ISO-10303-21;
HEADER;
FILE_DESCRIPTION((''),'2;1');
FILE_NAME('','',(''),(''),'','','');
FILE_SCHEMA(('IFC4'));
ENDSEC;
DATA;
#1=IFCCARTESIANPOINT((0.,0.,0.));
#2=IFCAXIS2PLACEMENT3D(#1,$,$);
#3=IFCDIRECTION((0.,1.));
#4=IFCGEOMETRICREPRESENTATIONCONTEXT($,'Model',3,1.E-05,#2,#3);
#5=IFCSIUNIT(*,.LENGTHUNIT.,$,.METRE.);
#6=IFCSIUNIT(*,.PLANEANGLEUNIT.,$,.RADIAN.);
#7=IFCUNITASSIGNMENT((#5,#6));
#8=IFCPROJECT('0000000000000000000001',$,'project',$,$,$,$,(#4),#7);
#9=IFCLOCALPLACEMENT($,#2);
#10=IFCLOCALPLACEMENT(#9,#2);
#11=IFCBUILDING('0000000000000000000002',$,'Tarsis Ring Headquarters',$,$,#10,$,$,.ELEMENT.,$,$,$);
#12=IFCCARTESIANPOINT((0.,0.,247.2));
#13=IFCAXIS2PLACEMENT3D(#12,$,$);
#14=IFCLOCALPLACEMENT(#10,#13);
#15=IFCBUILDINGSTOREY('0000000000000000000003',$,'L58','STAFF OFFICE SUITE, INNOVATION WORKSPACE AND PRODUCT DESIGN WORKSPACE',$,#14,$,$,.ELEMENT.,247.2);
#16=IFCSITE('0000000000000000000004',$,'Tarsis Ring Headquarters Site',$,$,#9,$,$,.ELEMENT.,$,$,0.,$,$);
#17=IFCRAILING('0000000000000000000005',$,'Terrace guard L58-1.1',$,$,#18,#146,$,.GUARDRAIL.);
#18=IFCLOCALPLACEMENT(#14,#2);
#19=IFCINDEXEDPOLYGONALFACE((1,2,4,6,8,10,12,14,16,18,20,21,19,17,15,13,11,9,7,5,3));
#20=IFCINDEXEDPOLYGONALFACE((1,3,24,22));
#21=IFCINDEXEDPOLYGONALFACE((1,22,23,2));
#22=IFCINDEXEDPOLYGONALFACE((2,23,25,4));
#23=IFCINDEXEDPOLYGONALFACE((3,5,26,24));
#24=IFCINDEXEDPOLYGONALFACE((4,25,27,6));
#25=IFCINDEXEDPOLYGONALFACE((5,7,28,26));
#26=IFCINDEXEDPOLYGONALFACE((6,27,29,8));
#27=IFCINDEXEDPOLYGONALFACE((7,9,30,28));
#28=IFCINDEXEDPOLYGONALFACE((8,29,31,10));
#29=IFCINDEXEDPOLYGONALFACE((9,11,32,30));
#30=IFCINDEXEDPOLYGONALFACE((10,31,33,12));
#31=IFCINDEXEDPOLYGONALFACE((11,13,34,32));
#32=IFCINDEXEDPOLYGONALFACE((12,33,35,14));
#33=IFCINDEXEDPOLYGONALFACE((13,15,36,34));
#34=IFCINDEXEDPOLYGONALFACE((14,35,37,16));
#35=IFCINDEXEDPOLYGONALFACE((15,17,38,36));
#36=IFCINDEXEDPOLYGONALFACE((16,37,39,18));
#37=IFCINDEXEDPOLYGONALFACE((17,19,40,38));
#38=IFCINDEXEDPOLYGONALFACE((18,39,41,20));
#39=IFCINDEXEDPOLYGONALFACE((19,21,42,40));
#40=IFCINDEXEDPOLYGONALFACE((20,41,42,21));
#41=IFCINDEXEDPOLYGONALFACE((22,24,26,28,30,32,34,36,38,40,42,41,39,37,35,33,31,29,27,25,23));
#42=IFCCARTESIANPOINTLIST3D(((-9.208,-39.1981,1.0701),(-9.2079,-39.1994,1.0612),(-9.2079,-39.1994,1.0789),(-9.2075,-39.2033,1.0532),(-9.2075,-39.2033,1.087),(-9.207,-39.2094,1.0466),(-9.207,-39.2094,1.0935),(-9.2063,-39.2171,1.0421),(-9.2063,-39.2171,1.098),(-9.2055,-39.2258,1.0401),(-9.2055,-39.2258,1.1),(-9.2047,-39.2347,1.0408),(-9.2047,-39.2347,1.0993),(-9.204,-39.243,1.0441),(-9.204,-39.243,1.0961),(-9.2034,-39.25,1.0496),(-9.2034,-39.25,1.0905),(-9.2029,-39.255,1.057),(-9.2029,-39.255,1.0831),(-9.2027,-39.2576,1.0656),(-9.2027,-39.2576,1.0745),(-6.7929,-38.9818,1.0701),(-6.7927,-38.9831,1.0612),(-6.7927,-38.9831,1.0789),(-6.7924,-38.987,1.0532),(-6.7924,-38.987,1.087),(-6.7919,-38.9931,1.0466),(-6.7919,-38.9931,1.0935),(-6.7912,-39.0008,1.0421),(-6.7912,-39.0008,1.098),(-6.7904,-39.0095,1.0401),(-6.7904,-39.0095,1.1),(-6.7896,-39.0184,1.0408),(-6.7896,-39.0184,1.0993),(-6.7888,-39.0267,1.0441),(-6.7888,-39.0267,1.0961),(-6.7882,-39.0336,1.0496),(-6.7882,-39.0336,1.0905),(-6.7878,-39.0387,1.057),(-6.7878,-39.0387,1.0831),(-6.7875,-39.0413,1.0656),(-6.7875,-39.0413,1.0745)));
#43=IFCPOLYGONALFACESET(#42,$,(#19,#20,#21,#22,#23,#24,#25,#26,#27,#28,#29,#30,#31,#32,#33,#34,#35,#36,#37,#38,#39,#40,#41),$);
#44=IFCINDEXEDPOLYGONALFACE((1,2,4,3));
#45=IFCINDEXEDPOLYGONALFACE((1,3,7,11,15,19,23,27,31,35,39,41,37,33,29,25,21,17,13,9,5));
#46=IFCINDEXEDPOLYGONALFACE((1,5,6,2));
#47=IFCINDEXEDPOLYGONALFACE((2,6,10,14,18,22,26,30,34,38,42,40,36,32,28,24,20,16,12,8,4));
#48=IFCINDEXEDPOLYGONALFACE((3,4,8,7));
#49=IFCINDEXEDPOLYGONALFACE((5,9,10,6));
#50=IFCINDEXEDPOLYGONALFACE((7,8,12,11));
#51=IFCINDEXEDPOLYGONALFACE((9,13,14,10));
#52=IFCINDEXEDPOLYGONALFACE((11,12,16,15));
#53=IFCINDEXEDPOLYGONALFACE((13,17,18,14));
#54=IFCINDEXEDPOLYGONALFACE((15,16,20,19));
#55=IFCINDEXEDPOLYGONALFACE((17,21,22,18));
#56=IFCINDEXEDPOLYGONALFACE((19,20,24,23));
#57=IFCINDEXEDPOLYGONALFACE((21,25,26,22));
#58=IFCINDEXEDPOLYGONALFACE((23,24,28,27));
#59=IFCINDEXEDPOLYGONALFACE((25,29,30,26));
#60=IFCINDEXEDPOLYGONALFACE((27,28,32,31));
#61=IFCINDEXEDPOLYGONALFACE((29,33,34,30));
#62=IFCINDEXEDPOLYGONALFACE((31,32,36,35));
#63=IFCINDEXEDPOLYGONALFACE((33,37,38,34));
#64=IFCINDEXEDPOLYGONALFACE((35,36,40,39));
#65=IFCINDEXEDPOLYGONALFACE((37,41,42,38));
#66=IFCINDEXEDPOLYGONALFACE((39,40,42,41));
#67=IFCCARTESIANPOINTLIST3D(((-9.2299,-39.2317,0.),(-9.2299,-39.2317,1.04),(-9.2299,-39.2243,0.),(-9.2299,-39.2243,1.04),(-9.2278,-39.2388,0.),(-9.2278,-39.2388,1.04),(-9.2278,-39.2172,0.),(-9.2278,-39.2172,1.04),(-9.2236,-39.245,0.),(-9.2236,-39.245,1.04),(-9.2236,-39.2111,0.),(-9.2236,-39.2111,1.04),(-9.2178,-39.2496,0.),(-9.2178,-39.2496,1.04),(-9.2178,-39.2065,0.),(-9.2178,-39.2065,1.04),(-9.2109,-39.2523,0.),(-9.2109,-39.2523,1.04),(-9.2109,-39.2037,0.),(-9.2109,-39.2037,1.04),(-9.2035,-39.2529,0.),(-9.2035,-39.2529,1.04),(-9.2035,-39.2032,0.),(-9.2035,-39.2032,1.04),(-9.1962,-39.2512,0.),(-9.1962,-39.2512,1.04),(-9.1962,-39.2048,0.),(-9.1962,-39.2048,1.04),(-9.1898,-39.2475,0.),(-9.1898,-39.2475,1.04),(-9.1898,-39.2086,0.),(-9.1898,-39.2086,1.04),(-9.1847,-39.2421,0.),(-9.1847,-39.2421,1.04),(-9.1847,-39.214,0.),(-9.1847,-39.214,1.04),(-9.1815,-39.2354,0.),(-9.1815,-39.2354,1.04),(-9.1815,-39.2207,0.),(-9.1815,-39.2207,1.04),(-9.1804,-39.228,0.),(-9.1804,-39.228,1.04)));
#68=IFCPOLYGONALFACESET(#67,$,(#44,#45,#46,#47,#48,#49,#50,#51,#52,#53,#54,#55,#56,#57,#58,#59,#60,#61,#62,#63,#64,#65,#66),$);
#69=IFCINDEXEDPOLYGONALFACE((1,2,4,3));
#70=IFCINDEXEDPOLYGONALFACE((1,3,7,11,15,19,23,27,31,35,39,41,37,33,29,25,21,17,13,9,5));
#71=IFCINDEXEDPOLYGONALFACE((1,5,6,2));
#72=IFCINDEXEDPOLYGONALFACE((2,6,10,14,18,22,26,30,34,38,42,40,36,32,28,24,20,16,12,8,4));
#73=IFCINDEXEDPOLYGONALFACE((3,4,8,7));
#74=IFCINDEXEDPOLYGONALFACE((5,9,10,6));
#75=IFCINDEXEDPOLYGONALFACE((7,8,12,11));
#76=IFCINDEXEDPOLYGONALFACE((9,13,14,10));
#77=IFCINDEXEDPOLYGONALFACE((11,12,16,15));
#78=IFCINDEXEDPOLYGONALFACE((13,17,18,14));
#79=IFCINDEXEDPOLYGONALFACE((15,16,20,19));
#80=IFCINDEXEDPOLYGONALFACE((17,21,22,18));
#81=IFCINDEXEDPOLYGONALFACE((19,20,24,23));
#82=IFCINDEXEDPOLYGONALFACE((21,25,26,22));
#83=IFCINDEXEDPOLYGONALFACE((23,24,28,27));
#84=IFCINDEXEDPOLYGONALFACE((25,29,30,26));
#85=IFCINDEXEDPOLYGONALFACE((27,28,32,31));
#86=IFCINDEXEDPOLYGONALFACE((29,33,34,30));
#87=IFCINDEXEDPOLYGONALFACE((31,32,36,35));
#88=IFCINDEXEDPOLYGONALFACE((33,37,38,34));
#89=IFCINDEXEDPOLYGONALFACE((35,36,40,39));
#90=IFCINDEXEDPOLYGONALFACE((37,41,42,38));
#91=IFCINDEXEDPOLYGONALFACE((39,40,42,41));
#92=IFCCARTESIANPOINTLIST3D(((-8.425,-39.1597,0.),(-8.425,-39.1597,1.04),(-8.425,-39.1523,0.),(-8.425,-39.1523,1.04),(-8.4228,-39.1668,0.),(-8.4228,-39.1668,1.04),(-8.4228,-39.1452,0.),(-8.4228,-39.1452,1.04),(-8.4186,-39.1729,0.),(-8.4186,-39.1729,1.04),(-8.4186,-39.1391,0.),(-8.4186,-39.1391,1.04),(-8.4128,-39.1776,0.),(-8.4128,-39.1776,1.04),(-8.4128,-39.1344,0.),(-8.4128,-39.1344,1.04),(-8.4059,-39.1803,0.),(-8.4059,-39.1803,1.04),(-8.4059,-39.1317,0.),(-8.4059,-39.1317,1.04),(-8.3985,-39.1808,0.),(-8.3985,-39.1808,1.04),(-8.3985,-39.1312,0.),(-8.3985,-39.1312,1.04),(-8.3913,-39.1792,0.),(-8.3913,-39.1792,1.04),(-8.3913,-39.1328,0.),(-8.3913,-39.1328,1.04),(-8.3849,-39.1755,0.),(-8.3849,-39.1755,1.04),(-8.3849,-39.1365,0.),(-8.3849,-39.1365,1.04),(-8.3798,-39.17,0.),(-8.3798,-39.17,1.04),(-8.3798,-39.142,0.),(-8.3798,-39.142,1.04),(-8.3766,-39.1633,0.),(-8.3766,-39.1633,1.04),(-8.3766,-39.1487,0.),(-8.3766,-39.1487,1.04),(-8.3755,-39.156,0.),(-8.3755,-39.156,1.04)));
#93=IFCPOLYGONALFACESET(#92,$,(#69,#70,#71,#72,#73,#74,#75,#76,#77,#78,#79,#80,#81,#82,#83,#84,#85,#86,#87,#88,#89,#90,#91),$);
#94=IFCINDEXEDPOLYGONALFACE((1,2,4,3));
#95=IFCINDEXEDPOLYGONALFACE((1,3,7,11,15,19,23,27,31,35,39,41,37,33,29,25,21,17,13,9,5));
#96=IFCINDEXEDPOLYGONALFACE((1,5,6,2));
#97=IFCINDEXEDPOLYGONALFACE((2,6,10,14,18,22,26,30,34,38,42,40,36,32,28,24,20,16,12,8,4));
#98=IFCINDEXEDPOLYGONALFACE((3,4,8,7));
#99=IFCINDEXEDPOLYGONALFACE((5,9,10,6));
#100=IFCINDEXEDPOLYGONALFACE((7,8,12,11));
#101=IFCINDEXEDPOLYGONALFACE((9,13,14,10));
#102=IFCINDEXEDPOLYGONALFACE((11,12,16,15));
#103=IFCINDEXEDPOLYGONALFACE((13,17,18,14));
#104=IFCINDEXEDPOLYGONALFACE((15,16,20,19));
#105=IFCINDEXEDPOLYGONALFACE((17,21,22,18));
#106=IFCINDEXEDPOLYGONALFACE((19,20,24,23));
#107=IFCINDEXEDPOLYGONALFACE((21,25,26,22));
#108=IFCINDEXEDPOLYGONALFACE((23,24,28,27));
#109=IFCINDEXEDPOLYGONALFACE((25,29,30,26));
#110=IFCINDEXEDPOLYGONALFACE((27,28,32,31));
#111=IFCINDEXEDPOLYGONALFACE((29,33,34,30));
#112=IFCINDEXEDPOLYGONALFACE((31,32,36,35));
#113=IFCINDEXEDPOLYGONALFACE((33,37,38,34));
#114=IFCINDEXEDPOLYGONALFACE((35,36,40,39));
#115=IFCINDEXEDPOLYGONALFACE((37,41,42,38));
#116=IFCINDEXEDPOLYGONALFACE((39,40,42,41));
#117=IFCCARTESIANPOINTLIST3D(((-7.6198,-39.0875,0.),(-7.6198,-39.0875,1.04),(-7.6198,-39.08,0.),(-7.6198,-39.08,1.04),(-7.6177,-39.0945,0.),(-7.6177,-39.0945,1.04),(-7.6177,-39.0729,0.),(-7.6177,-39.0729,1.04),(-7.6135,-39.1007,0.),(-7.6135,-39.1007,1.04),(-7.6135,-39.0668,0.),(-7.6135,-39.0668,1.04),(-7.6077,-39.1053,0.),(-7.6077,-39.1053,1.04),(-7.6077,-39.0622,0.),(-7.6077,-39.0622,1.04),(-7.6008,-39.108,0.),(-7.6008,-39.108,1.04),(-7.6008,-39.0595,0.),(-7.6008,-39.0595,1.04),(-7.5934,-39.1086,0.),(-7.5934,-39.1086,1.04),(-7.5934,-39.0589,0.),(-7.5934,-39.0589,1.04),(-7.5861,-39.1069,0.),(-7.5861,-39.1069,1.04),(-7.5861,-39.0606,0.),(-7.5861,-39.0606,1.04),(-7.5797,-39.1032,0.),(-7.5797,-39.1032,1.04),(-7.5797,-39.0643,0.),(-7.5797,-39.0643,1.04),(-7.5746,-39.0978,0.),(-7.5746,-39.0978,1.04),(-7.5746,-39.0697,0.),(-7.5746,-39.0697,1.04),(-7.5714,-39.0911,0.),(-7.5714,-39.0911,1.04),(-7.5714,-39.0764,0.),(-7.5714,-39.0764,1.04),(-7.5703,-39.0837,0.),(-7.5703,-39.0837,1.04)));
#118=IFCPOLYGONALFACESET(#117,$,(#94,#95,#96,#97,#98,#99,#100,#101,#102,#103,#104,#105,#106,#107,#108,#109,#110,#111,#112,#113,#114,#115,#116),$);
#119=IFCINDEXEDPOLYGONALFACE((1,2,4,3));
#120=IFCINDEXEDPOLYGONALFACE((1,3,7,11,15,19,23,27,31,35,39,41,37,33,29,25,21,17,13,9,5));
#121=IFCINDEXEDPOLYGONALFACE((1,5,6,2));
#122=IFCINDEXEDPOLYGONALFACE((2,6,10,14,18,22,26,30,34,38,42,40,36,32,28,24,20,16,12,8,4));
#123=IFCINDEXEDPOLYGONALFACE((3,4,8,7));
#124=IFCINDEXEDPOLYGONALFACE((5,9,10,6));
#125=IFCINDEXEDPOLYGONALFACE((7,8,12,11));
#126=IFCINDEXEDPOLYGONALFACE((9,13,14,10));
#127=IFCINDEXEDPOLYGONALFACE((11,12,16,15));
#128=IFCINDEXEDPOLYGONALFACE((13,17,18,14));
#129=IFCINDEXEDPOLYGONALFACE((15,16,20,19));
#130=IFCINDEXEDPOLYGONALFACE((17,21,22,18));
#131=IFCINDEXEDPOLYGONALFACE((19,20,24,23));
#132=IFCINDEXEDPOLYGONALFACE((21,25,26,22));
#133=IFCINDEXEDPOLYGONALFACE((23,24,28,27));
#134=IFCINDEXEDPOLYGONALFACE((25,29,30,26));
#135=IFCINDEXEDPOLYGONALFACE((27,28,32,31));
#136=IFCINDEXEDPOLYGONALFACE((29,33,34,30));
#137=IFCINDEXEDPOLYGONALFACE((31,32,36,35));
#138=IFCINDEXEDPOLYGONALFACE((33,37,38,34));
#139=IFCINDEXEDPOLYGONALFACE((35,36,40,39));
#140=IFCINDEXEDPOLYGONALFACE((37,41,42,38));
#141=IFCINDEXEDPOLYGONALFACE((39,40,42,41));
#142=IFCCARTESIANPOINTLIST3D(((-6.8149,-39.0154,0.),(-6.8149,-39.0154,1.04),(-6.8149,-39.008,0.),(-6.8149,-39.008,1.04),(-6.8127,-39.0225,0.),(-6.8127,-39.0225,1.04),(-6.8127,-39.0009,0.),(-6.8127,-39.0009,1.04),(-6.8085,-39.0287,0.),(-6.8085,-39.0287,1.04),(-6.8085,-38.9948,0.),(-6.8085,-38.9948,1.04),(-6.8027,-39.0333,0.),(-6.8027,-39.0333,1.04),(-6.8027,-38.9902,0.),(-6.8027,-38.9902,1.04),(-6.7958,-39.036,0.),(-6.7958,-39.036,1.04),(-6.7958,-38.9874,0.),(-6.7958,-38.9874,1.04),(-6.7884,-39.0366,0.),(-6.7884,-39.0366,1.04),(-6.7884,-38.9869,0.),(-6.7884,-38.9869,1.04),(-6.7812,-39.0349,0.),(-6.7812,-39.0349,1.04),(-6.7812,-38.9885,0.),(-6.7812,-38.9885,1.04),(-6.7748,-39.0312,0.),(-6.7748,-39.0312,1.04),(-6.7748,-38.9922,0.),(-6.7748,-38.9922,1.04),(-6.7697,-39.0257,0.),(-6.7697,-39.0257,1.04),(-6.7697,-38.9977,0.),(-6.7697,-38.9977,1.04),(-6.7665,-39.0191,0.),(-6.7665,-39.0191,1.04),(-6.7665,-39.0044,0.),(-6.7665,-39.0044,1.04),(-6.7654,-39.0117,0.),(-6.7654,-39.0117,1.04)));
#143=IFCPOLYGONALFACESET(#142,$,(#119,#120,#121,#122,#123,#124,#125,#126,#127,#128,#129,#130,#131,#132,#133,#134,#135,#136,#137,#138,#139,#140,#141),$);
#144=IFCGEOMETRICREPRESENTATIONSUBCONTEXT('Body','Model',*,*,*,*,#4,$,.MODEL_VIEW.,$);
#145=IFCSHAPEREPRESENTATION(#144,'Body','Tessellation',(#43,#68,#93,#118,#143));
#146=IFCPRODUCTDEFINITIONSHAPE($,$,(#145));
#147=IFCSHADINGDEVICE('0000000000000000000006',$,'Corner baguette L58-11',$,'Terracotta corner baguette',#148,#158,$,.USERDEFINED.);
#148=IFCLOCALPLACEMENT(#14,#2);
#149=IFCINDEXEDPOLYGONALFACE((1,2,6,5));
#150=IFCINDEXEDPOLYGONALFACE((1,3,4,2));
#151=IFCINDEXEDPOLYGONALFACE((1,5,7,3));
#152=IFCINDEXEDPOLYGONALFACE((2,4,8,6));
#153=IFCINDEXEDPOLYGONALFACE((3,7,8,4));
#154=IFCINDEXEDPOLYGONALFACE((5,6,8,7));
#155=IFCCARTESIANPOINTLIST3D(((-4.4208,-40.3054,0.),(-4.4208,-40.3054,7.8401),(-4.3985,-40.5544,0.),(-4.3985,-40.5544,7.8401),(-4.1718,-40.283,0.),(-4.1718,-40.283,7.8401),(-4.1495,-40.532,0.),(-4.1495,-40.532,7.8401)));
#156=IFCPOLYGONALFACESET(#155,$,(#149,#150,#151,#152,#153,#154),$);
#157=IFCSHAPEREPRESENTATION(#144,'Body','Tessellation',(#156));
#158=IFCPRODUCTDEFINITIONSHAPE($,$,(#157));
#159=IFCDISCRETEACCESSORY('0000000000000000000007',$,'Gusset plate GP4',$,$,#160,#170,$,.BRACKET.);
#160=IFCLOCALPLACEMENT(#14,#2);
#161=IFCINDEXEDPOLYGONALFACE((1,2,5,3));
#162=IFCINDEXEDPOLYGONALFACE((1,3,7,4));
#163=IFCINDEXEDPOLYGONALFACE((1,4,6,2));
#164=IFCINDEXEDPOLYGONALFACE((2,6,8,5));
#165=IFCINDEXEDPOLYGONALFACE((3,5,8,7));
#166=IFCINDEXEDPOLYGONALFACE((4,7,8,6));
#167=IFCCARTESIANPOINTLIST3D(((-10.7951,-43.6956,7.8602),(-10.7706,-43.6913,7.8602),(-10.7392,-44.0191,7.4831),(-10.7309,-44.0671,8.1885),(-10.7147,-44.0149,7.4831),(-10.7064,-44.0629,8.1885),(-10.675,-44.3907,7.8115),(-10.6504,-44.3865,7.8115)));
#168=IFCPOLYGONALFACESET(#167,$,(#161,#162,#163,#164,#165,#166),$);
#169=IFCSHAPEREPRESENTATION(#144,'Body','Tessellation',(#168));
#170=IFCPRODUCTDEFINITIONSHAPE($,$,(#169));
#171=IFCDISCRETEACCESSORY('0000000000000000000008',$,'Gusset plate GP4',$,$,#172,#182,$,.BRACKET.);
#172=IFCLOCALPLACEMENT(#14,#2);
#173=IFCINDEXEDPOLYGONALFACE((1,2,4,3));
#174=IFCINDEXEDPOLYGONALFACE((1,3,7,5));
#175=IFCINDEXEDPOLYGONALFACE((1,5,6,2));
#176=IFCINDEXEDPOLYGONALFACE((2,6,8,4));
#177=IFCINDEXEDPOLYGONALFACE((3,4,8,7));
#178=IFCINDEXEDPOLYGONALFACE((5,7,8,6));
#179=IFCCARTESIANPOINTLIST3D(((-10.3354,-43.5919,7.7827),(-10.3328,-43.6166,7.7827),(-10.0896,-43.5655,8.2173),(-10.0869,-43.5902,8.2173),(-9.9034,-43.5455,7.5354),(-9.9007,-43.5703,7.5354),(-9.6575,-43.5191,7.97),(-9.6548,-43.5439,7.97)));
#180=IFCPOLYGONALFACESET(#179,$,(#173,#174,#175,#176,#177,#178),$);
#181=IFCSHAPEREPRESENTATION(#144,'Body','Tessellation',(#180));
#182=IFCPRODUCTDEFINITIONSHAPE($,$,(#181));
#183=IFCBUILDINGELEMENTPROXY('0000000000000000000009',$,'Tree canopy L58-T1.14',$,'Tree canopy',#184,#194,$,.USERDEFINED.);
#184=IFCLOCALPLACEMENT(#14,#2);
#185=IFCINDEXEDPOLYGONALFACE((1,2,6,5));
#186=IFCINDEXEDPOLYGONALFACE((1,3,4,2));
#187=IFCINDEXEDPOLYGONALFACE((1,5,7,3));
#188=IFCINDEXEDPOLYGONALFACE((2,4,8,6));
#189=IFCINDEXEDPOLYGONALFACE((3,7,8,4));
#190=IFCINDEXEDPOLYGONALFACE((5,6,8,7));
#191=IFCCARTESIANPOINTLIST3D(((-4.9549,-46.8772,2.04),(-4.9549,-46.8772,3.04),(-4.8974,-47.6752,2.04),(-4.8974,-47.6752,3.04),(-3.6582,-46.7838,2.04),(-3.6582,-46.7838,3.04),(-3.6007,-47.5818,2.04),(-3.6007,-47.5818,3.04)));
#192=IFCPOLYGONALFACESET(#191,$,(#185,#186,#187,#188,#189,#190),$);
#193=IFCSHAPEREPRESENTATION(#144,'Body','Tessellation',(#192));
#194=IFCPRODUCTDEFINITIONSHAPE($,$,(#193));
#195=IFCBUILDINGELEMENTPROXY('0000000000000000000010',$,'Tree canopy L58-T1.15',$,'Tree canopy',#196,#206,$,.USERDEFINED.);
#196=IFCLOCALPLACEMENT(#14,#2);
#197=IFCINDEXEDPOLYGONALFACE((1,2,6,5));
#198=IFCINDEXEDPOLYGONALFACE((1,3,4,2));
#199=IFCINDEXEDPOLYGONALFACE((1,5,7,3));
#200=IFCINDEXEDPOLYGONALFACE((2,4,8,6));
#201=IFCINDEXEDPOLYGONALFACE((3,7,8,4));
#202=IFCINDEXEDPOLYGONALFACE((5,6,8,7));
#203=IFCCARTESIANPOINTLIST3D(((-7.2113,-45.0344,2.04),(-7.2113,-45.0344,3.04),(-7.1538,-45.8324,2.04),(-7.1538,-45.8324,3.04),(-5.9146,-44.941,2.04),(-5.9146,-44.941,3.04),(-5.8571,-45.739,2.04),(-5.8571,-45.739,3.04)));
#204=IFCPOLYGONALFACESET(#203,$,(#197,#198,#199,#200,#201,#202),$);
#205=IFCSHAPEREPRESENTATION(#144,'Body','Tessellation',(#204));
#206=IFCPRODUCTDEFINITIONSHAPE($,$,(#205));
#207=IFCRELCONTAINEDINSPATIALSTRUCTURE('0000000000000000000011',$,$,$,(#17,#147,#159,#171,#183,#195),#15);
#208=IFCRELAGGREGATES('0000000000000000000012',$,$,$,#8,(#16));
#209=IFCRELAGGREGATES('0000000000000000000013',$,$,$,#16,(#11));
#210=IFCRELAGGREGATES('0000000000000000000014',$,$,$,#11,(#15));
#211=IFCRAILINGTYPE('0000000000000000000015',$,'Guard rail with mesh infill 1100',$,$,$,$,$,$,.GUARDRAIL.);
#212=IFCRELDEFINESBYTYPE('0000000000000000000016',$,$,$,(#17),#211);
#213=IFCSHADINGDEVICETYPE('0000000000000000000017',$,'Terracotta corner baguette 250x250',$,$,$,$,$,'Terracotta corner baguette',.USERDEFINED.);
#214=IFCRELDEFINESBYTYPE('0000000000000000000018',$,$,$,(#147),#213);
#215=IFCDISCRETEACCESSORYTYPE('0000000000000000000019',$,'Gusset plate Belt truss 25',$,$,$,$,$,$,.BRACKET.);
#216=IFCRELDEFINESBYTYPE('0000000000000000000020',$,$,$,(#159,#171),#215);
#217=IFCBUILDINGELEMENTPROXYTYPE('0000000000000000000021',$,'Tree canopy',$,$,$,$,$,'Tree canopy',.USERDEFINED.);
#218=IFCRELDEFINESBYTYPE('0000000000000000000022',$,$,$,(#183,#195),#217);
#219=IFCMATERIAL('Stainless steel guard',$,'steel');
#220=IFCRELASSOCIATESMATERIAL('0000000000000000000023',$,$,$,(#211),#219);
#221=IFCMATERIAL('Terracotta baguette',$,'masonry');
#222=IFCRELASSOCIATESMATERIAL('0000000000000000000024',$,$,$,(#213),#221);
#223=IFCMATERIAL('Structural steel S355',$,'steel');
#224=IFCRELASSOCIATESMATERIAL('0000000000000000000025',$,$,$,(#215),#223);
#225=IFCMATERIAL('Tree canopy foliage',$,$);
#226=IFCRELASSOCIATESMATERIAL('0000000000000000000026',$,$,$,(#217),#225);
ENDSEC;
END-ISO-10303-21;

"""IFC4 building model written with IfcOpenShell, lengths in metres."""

from ifc_helpers import new_model, si_unit, direction, frame, origin, origin_2d, place, context, subcontext, project, spatial, rectangle, circle, extrude, material, material_profile, profile_set, type_object, element, save


model = new_model("IFC4")

# Units and contexts
model_context = context("Model", 3, precision=1e-05, world=origin(), true_north=direction((0.0, 1.0)))
body_context = subcontext(model_context, "Body", "Model", "MODEL_VIEW")
ifc_project = project(units=[si_unit("LENGTHUNIT", "METRE"), si_unit("PLANEANGLEUNIT", "RADIAN")], contexts=[model_context])

# Site, building, storey
site_placement = place(None, origin())
site = spatial("IfcSite", under=ifc_project, at=site_placement, Name="Tarsis Ring Headquarters Site", CompositionType="ELEMENT", RefElevation=0.0)
building_placement = place(site_placement, origin())
building = spatial("IfcBuilding", under=site, at=building_placement, Name="Tarsis Ring Headquarters", CompositionType="ELEMENT")
storey_placement = place(building_placement, frame((0.0, 0.0, 247.2)))
storey = spatial("IfcBuildingStorey", under=building, at=storey_placement, Name="L58", Description="STAFF OFFICE SUITE, INNOVATION WORKSPACE AND PRODUCT DESIGN WORKSPACE", CompositionType="ELEMENT", Elevation=247.2)

# Shared definitions
ifc_material_1 = material(Name="Structural steel S355", Category="steel")

# Railing
ifc_material_2 = material(Name="Stainless steel guard", Category="steel")
railing_type = type_object("IfcRailingType", Name="Guard rail with mesh infill 1100", PredefinedType="GUARDRAIL", material=ifc_material_2)
railing_placement = place(storey_placement, frame((-9.2053, -39.228, 0.0)))
element("IfcRailing", 1, at=railing_placement, inside=storey, type_object=railing_type, Name="Terrace guard L58-1.1", PredefinedType="GUARDRAIL", context=body_context, shape_type="SweptSolid", body=[
    extrude(circle(Radius=0.03, at=origin_2d()), frame((0.0, 0.0, 1.0701), z_axis=(0.996013, 0.08921, 0.0), x_axis=(-0.08921, 0.996013, 0.0)), (0.0, 0.0, 1.0), 2.4248),
    extrude(circle(Radius=0.0249, at=origin_2d()), origin(), (0.0, 0.0, 1.0), 1.04),
    extrude(circle(Radius=0.0249, at=origin_2d()), frame((0.8049, 0.072, 0.0)), (0.0, 0.0, 1.0), 1.04),
    extrude(circle(Radius=0.0249, at=origin_2d()), frame((1.6101, 0.1443, 0.0)), (0.0, 0.0, 1.0), 1.04),
    extrude(circle(Radius=0.0249, at=origin_2d()), frame((2.415, 0.2163, 0.0)), (0.0, 0.0, 1.0), 1.04),
])

# Shading device
ifc_material_3 = material(Name="Terracotta baguette", Category="masonry")
shading_device_type_1 = type_object("IfcShadingDeviceType", Name="Terracotta corner baguette 250x250", ElementType="Terracotta corner baguette", PredefinedType="USERDEFINED", material=ifc_material_3)
shading_device_1_placement = place(storey_placement, frame((-4.2852, -40.4187, 0.0), z_axis=(0.0, 0.0, 1.0), x_axis=(0.089242, -0.99601, 0.0)))
element("IfcShadingDevice", 2, at=shading_device_1_placement, inside=storey, type_object=shading_device_type_1, Name="Corner baguette L58-11", ObjectType="Terracotta corner baguette", PredefinedType="USERDEFINED", context=body_context, shape_type="SweptSolid", body=[
    extrude(rectangle(XDim=0.25, YDim=0.25, at=origin_2d()), origin(), (0.0, 0.0, 1.0), 7.8401),
])

# Discrete accessories
ifc_material_profile_1 = material_profile(ifc_material_1, rectangle(XDim=0.0249, YDim=0.5, at=origin_2d()), Name="PL 25x500")
ifc_profile_set_1 = profile_set([ifc_material_profile_1], Name="Structural steel S355")
discrete_accessory_type = type_object("IfcDiscreteAccessoryType", Name="Gusset plate Belt truss 25", PredefinedType="BRACKET", material=ifc_profile_set_1)
for number, where, z_axis, x_axis, name in (
    (3, (-10.6907, -44.2268, 8.0), (-0.128412, 0.743131, -0.656709), (-0.985396, -0.170275, 0.0), "Gusset plate GP4"),
    (4, (-10.2112, -43.5911, 8.0), (0.864169, 0.092764, -0.494578), (-0.106731, 0.994288, 0.0), "Gusset plate GP4"),
):
    element("IfcDiscreteAccessory", number, at=place(storey_placement, frame(where, z_axis=z_axis, x_axis=x_axis)), inside=storey, type_object=discrete_accessory_type, Name=name, PredefinedType="BRACKET", context=body_context, shape_type="SweptSolid", body=[
        extrude(rectangle(XDim=0.0249, YDim=0.5, at=origin_2d()), origin(), (0.0, 0.0, 1.0), 0.5),
    ])

# Building element proxies
ifc_material_4 = material(Name="Tree canopy foliage")
building_element_proxy_type_1 = type_object("IfcBuildingElementProxyType", Name="Tree canopy", ElementType="Tree canopy", PredefinedType="USERDEFINED", material=ifc_material_4)
for number, where, z_axis, x_axis, name in (
    (5, (-4.2778, -47.2295, 2.04), (0.0, 0.0, 1.0), (-0.997416, -0.071846, 0.0), "Tree canopy L58-T1.14"),
    (6, (-6.5342, -45.3867, 2.04), (0.0, 0.0, 1.0), (-0.997416, -0.071846, 0.0), "Tree canopy L58-T1.15"),
):
    element("IfcBuildingElementProxy", number, at=place(storey_placement, frame(where, z_axis=z_axis, x_axis=x_axis)), inside=storey, type_object=building_element_proxy_type_1, Name=name, ObjectType="Tree canopy", PredefinedType="USERDEFINED", context=body_context, shape_type="SweptSolid", body=[
        extrude(rectangle(XDim=1.3, YDim=0.8, at=origin_2d()), origin(), (0.0, 0.0, 1.0), 1.0),
    ])

save(model, "model.ifc")
